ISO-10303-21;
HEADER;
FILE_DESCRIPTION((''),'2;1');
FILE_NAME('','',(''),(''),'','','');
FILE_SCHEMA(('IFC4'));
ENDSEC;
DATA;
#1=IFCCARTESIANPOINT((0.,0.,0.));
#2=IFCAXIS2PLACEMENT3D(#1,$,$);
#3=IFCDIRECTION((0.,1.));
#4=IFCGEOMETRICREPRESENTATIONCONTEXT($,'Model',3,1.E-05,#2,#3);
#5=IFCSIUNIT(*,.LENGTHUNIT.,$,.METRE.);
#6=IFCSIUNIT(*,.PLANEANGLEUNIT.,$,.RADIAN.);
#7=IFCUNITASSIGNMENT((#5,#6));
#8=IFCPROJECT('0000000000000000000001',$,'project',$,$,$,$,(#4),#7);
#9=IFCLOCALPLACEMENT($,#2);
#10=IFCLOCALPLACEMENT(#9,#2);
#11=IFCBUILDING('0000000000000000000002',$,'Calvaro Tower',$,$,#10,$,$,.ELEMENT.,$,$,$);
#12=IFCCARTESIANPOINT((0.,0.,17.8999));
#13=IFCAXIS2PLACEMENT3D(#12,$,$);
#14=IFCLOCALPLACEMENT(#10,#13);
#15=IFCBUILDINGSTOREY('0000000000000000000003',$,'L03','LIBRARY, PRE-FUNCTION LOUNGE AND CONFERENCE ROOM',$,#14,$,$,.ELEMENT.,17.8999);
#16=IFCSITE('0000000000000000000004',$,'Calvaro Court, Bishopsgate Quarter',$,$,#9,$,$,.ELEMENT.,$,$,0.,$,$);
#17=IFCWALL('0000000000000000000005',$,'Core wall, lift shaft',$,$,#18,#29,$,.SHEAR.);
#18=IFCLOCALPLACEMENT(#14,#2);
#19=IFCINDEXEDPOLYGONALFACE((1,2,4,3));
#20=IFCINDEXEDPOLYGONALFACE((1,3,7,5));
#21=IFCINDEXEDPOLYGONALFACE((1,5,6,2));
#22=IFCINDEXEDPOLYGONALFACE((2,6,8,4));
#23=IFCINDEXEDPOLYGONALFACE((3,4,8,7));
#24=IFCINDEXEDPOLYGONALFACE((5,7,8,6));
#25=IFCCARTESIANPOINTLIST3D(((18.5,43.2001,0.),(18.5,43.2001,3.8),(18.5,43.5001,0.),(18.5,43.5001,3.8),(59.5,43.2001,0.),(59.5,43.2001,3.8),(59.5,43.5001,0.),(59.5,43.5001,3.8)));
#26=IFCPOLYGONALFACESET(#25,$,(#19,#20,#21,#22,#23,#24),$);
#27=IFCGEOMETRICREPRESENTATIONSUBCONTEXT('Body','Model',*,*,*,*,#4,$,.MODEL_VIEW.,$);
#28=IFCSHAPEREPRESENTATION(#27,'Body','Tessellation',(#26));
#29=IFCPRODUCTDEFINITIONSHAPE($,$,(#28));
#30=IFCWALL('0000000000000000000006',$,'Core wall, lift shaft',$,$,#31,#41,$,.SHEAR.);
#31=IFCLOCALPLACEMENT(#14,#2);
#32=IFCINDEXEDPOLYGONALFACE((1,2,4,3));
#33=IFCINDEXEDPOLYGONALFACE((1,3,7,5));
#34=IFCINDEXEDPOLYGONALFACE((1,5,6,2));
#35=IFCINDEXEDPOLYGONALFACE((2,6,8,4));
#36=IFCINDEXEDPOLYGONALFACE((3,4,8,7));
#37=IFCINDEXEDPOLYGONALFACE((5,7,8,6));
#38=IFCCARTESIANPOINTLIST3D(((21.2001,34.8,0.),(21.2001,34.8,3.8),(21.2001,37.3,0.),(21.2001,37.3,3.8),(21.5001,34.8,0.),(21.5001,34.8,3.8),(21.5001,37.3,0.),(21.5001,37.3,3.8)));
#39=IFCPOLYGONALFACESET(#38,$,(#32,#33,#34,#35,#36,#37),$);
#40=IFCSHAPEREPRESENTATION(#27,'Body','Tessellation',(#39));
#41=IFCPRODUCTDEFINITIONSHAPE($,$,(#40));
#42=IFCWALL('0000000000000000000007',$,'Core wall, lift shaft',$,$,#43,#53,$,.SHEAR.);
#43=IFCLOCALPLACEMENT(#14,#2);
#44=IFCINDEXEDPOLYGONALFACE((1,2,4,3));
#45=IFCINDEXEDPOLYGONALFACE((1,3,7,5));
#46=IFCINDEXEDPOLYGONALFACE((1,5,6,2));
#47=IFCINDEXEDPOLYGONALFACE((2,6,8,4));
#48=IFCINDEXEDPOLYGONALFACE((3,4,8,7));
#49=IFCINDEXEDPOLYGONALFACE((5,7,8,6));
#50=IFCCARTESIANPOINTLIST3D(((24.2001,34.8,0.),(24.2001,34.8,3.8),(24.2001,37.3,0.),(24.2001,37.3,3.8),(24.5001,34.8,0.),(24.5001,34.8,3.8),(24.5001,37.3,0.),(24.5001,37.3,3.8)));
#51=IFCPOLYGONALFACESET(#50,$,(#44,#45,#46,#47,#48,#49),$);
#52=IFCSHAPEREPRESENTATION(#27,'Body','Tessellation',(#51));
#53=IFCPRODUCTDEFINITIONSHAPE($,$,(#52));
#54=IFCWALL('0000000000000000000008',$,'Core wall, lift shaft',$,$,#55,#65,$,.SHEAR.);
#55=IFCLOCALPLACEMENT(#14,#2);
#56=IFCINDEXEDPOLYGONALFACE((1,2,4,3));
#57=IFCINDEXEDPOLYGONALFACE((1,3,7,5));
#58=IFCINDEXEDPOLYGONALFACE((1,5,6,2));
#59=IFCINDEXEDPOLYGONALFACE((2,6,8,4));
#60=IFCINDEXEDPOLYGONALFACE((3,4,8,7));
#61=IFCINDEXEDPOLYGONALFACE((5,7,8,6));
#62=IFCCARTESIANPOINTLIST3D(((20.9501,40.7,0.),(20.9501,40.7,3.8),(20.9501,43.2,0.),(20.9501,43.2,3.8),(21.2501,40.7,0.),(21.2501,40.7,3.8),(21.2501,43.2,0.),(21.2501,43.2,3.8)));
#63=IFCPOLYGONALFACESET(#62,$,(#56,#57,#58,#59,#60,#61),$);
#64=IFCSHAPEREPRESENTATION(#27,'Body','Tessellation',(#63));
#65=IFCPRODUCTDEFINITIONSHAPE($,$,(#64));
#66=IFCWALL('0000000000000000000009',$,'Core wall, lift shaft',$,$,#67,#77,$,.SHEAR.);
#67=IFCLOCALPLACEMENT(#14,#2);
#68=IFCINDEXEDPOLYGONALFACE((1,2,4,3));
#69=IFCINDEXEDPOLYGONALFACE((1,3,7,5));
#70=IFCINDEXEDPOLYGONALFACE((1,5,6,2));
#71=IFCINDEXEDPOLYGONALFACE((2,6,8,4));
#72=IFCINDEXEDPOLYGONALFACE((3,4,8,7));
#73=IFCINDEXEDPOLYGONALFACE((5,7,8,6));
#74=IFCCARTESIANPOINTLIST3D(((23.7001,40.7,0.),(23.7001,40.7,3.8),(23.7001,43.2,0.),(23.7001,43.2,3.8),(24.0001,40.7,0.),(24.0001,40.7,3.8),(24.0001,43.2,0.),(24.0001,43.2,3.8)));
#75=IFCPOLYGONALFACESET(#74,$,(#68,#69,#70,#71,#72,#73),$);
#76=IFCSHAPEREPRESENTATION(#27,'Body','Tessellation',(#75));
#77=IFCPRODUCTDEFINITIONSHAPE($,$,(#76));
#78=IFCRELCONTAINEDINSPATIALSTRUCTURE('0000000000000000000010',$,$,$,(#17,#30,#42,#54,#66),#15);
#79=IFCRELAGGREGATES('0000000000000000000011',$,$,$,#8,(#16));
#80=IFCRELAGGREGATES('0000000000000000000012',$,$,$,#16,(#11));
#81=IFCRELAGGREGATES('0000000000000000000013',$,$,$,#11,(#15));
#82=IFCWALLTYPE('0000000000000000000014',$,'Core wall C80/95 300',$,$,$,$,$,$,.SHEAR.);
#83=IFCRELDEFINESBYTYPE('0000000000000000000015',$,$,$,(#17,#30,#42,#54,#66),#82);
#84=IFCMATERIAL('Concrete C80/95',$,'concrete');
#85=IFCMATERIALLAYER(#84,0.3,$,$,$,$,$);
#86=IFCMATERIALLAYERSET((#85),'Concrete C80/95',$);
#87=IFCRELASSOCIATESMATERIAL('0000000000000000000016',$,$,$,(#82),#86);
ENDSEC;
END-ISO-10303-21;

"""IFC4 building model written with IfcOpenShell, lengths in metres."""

from ifc_helpers import new_model, si_unit, direction, frame, frame_2d, origin, place, context, subcontext, project, spatial, rectangle, extrude, material, layer, layer_set, type_object, element, save


model = new_model("IFC4")

# Units and contexts
model_context = context("Model", 3, precision=1e-05, world=origin(), true_north=direction((0.0, 1.0)))
body_context = subcontext(model_context, "Body", "Model", "MODEL_VIEW")
ifc_project = project(units=[si_unit("LENGTHUNIT", "METRE"), si_unit("PLANEANGLEUNIT", "RADIAN")], contexts=[model_context])

# Site, building, storey
site_placement = place(None, origin())
site = spatial("IfcSite", under=ifc_project, at=site_placement, Name="Calvaro Court, Bishopsgate Quarter", CompositionType="ELEMENT", RefElevation=0.0)
building_placement = place(site_placement, origin())
building = spatial("IfcBuilding", under=site, at=building_placement, Name="Calvaro Tower", CompositionType="ELEMENT")
storey_placement = place(building_placement, frame((0.0, 0.0, 17.8999)))
storey = spatial("IfcBuildingStorey", under=building, at=storey_placement, Name="L03", Description="LIBRARY, PRE-FUNCTION LOUNGE AND CONFERENCE ROOM", CompositionType="ELEMENT", Elevation=17.8999)

# Shared definitions
ifc_material_1 = material(Name="Concrete C80/95", Category="concrete")
ifc_layer_1 = layer(ifc_material_1, 0.3)
ifc_layer_set_1 = layer_set([ifc_layer_1], Name="Concrete C80/95")
wall_type_1 = type_object("IfcWallType", Name="Core wall C80/95 300", PredefinedType="SHEAR", material=ifc_layer_set_1)

# Walls
wall_1_placement = place(storey_placement, frame((18.5, 43.3501, 0.0), z_axis=(0.0, 0.0, 1.0), x_axis=(1.0, 0.0, 0.0)))
element("IfcWall", 1, at=wall_1_placement, inside=storey, type_object=wall_type_1, Name="Core wall, lift shaft", PredefinedType="SHEAR", context=body_context, shape_type="SweptSolid", body=[
    extrude(rectangle(XDim=41.0, YDim=0.3, at=frame_2d((20.5, 0.0))), origin(), (0.0, 0.0, 1.0), 3.8),
])
for number, where, z_axis, x_axis, name in (
    (2, (21.3501, 34.8, 0.0), (0.0, 0.0, 1.0), (0.0, 1.0, 0.0), "Core wall, lift shaft"),
    (3, (24.3501, 34.8, 0.0), (0.0, 0.0, 1.0), (0.0, 1.0, 0.0), "Core wall, lift shaft"),
    (4, (21.1001, 40.7, 0.0), (0.0, 0.0, 1.0), (0.0, 1.0, 0.0), "Core wall, lift shaft"),
    (5, (23.8501, 40.7, 0.0), (0.0, 0.0, 1.0), (0.0, 1.0, 0.0), "Core wall, lift shaft"),
):
    element("IfcWall", number, at=place(storey_placement, frame(where, z_axis=z_axis, x_axis=x_axis)), inside=storey, type_object=wall_type_1, Name=name, PredefinedType="SHEAR", context=body_context, shape_type="SweptSolid", body=[
        extrude(rectangle(XDim=2.5, YDim=0.3, at=frame_2d((1.25, 0.0))), origin(), (0.0, 0.0, 1.0), 3.8),
    ])

save(model, "model.ifc")
